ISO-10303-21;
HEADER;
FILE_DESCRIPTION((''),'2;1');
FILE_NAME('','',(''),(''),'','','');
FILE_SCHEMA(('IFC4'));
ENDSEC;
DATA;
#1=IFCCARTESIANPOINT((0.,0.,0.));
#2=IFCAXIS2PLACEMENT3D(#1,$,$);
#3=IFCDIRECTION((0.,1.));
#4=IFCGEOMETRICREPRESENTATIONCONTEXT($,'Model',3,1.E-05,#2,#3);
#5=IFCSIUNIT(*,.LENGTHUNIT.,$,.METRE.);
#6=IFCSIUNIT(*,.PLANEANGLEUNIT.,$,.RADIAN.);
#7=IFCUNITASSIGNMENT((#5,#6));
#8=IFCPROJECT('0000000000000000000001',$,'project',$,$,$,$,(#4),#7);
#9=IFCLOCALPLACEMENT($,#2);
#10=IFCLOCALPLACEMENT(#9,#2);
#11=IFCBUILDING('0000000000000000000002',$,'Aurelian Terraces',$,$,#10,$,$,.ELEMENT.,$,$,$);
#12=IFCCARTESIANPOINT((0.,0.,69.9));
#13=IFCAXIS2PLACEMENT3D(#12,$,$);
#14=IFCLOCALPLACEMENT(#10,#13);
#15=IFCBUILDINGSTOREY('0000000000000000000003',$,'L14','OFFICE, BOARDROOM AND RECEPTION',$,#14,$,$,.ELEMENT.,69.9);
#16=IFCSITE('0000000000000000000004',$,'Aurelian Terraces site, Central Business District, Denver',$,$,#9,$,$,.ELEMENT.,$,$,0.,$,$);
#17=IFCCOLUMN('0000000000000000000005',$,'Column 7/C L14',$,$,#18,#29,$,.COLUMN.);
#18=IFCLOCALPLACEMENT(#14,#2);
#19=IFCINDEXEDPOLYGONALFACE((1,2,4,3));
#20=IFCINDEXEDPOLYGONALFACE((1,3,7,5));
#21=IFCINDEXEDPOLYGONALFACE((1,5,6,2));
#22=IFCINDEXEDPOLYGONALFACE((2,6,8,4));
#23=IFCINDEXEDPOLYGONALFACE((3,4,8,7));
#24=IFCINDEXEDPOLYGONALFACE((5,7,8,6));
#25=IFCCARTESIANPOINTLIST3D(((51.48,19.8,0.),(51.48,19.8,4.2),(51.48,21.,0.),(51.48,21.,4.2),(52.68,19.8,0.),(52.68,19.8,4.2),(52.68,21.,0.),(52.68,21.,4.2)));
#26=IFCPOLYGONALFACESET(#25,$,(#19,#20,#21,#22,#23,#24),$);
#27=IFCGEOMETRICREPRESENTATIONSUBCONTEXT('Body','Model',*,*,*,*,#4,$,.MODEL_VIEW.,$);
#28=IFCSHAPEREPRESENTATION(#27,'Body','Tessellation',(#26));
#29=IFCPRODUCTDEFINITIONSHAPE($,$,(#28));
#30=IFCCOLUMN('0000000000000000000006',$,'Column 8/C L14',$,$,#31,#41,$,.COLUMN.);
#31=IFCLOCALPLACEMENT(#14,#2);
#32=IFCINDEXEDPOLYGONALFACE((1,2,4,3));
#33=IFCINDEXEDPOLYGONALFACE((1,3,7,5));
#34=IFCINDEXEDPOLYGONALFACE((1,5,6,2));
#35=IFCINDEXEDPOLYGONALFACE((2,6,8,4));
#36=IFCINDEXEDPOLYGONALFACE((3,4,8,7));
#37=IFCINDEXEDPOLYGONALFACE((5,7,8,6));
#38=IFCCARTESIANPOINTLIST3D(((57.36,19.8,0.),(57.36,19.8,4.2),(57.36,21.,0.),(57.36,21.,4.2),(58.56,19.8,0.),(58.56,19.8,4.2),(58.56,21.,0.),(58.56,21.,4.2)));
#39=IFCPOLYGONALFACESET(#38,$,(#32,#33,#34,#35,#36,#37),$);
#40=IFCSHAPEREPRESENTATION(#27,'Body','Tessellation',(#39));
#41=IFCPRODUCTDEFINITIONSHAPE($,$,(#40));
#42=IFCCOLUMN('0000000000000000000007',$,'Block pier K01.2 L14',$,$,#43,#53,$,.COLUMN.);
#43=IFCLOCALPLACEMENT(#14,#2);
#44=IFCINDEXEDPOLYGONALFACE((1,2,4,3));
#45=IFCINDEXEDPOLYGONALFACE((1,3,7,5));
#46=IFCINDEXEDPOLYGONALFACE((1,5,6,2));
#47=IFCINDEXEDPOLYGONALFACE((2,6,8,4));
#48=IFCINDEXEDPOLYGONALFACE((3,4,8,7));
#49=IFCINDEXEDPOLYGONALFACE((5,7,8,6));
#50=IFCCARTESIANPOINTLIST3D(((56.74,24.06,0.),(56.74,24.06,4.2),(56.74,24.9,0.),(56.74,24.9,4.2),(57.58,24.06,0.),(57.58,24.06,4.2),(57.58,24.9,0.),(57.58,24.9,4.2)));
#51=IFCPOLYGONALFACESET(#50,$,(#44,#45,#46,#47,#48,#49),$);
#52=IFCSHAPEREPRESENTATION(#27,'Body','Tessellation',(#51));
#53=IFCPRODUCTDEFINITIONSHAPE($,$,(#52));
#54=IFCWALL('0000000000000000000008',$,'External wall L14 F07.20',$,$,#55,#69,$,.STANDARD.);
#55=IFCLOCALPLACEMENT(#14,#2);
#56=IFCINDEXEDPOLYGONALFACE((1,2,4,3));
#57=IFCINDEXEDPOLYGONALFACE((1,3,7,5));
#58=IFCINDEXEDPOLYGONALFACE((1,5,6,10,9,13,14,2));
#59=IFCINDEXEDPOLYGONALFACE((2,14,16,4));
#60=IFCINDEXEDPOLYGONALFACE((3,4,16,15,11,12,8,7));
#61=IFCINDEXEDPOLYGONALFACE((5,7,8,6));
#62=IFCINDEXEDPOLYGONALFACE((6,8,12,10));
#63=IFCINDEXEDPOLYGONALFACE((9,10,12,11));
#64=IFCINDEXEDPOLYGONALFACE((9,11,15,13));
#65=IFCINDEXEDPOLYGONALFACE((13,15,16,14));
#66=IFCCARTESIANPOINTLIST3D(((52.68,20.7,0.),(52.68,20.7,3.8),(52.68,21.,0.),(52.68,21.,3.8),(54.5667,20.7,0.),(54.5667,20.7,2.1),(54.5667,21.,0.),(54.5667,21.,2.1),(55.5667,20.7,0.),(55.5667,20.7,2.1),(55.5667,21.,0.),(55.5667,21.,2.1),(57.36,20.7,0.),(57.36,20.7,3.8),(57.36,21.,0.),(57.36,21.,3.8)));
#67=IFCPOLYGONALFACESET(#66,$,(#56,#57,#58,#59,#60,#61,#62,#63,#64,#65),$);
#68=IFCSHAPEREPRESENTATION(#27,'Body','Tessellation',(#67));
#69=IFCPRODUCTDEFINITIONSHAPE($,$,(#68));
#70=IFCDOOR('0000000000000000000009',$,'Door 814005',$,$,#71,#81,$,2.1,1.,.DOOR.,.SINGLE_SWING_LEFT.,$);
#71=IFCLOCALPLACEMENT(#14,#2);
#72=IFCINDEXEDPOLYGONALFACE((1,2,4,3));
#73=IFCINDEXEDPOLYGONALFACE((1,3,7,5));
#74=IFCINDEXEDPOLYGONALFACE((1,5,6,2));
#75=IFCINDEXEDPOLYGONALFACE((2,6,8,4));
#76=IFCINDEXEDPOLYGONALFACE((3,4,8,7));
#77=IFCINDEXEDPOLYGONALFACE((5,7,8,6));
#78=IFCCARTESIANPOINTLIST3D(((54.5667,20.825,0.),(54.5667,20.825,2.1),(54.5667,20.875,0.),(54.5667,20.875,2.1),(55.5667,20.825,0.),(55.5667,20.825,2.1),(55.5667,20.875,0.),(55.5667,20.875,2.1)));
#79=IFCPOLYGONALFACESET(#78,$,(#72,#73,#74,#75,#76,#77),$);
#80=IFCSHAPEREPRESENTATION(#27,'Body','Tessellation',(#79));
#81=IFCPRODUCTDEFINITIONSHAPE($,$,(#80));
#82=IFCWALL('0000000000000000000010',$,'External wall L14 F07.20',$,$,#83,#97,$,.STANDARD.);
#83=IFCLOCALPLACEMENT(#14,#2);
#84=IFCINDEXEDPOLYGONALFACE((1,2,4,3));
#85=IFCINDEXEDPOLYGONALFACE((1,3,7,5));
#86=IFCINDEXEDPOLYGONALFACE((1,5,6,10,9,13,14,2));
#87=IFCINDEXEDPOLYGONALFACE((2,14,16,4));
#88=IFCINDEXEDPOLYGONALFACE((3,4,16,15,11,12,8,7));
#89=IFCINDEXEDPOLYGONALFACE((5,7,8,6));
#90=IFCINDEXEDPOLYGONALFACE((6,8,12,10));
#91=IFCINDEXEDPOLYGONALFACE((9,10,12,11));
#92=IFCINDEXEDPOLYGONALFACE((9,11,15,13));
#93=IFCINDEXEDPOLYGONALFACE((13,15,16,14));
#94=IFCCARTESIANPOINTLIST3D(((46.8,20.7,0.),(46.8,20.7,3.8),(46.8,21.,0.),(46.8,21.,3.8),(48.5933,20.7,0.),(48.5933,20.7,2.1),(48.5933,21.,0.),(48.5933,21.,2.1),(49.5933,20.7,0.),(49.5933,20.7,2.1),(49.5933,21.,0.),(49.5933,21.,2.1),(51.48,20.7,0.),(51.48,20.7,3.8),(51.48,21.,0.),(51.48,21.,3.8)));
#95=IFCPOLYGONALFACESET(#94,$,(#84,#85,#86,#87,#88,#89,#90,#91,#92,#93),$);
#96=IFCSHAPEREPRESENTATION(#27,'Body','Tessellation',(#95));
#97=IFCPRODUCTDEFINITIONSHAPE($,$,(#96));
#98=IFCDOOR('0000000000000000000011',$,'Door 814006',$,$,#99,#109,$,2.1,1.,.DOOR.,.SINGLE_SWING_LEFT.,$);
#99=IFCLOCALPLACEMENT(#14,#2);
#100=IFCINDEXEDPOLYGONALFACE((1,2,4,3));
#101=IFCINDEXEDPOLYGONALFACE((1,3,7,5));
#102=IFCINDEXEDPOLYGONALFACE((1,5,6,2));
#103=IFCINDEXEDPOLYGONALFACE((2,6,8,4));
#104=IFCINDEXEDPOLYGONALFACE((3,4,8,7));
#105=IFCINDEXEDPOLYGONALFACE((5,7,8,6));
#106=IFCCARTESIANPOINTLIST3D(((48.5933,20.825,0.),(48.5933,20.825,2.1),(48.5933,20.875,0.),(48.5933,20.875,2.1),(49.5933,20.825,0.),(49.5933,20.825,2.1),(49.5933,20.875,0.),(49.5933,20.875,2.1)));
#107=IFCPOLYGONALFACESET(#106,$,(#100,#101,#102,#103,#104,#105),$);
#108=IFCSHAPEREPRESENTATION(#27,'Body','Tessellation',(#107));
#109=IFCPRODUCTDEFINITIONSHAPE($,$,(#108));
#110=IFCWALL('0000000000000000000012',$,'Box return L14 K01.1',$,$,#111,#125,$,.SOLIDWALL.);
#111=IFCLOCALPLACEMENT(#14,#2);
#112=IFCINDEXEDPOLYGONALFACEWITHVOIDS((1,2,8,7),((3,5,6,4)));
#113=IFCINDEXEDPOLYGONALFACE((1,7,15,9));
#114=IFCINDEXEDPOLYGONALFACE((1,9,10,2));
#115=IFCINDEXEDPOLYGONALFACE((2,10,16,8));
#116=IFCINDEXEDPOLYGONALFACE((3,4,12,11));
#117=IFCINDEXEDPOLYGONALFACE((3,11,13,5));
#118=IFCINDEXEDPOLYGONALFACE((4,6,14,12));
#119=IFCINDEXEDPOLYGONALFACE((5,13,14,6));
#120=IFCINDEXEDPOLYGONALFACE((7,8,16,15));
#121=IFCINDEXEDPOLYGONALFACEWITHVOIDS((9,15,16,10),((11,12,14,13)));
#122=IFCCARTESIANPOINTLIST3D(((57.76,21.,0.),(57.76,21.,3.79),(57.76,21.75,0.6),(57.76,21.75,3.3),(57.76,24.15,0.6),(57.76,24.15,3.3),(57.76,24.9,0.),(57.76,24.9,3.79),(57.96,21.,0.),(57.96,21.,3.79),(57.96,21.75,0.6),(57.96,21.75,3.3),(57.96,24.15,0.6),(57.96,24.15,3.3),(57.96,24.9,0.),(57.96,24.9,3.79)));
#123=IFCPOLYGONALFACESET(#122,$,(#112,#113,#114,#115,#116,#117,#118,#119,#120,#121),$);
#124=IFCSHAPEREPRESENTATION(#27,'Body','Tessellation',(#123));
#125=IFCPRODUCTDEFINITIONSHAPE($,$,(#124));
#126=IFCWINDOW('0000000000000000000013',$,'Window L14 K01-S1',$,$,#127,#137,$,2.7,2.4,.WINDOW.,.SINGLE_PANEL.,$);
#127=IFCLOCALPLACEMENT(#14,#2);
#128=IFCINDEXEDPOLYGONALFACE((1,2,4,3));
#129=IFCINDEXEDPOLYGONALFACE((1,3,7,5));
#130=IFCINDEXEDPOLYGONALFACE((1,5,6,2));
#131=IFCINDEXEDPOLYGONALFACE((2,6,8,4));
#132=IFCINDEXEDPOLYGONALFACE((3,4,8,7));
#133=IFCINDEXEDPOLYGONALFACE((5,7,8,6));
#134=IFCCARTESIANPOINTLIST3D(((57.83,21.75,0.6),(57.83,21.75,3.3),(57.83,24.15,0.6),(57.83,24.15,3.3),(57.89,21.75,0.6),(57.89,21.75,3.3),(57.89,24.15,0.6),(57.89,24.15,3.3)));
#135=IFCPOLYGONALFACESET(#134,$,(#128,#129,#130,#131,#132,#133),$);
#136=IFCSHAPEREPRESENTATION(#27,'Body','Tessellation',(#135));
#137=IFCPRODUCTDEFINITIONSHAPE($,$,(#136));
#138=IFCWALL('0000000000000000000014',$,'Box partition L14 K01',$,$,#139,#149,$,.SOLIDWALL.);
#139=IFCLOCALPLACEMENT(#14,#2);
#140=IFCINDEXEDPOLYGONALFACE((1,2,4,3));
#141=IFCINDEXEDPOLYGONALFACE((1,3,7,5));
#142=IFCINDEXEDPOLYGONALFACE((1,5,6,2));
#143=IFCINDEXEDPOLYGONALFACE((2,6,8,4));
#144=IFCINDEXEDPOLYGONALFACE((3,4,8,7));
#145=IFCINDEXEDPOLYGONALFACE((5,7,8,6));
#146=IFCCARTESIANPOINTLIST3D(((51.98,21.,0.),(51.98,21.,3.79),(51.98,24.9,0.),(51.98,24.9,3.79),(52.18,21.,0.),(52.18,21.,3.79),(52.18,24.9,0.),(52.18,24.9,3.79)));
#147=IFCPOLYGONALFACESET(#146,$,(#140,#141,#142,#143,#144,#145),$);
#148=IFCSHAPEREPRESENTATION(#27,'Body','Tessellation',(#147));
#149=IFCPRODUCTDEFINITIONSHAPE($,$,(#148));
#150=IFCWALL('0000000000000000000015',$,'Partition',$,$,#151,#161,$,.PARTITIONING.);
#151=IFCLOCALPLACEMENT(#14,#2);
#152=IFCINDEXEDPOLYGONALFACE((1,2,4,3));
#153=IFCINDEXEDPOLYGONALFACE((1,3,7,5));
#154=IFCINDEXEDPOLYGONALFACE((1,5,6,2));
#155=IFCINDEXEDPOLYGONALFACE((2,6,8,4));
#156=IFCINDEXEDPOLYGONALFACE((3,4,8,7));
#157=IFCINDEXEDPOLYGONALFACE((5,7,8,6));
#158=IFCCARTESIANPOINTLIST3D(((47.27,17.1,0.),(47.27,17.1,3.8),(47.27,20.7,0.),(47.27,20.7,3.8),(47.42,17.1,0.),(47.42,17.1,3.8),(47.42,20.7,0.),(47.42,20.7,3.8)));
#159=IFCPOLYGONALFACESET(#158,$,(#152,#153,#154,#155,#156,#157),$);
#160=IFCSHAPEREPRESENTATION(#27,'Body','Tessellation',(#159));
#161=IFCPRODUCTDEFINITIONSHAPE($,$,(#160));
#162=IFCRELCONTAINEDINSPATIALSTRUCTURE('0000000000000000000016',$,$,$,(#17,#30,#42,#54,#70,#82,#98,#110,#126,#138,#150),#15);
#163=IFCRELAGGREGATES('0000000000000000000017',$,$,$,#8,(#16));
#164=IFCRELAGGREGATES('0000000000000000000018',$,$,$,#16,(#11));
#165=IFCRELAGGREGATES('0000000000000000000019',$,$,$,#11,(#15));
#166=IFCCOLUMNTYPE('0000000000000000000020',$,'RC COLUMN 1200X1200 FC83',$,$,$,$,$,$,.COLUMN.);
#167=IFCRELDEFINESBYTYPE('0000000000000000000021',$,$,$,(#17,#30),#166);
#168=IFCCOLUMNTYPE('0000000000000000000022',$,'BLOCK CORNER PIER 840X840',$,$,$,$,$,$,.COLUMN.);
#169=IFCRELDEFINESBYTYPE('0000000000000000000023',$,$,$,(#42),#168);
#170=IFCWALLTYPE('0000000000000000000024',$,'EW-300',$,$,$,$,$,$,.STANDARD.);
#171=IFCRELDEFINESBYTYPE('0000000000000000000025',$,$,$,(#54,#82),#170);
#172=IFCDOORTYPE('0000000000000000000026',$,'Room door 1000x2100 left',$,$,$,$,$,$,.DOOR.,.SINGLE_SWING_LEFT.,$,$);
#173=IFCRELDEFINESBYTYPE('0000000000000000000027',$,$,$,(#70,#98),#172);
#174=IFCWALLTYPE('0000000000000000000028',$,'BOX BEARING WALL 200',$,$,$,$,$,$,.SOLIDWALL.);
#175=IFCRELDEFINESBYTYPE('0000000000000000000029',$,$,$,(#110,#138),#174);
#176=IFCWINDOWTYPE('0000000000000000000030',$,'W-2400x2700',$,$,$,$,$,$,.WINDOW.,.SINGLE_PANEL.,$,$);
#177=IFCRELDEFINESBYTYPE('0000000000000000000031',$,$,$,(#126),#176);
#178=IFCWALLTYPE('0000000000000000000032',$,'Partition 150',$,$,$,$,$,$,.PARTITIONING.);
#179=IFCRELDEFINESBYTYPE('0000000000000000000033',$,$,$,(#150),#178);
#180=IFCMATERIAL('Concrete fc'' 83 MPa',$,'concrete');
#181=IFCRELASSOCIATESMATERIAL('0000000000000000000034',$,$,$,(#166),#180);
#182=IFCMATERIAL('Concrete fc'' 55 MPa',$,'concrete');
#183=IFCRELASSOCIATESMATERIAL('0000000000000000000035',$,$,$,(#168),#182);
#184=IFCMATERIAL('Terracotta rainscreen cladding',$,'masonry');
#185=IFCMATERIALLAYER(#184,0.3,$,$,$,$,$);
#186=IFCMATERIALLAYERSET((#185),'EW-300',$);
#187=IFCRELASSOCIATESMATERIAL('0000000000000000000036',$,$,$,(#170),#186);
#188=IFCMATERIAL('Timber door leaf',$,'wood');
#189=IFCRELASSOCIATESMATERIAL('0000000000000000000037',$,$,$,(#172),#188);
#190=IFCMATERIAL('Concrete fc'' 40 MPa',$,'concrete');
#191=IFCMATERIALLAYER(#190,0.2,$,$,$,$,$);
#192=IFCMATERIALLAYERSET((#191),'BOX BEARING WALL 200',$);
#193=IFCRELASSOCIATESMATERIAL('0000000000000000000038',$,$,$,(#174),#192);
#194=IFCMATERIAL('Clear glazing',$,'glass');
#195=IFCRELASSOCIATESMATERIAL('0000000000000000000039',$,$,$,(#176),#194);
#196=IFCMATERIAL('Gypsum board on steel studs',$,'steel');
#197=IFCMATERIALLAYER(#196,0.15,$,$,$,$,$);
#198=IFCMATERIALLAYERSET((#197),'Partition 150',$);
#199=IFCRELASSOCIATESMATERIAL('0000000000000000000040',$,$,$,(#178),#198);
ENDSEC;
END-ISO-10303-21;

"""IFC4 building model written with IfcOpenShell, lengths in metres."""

from ifc_helpers import new_model, si_unit, direction, frame, frame_2d, origin, origin_2d, place, context, subcontext, project, spatial, rectangle, extrude, source, transform, mapped, material, layer, layer_set, material_profile, profile_set, type_object, element, fill, save


model = new_model("IFC4")

# Units and contexts
model_context = context("Model", 3, precision=1e-05, world=origin(), true_north=direction((0.0, 1.0)))
body_context = subcontext(model_context, "Body", "Model", "MODEL_VIEW")
ifc_project = project(units=[si_unit("LENGTHUNIT", "METRE"), si_unit("PLANEANGLEUNIT", "RADIAN")], contexts=[model_context])

# Site, building, storey
site_placement = place(None, origin())
site = spatial("IfcSite", under=ifc_project, at=site_placement, Name="Aurelian Terraces site, Central Business District, Denver", CompositionType="ELEMENT", RefElevation=0.0)
building_placement = place(site_placement, origin())
building = spatial("IfcBuilding", under=site, at=building_placement, Name="Aurelian Terraces", CompositionType="ELEMENT")
storey_placement = place(building_placement, frame((0.0, 0.0, 69.9)))
storey = spatial("IfcBuildingStorey", under=building, at=storey_placement, Name="L14", Description="OFFICE, BOARDROOM AND RECEPTION", CompositionType="ELEMENT", Elevation=69.9)

# Columns
ifc_material_1 = material(Name="Concrete fc' 83 MPa", Category="concrete")
ifc_material_profile_1 = material_profile(ifc_material_1, rectangle(XDim=1.2, YDim=1.2, at=origin_2d()))
ifc_profile_set_1 = profile_set([ifc_material_profile_1], Name="Concrete fc' 83 MPa")
column_type_1 = type_object("IfcColumnType", Name="RC COLUMN 1200X1200 FC83", PredefinedType="COLUMN", material=ifc_profile_set_1)
shared_shape_1 = source(origin(), body_context, "Body", "SweptSolid", [
    extrude(rectangle(XDim=1.2, YDim=1.2, at=origin_2d()), origin(), (0.0, 0.0, 1.0), 4.2),
])
for number, where, z_axis, x_axis, name in (
    (1, (52.08, 20.4, 0.0), (0.0, 0.0, 1.0), (1.0, 0.0, 0.0), "Column 7/C L14"),
    (2, (57.96, 20.4, 0.0), (0.0, 0.0, 1.0), (1.0, 0.0, 0.0), "Column 8/C L14"),
):
    element("IfcColumn", number, at=place(storey_placement, frame(where, z_axis=z_axis, x_axis=x_axis)), inside=storey, type_object=column_type_1, Name=name, PredefinedType="COLUMN", context=body_context, shape_type="MappedRepresentation", body=[
        mapped(shared_shape_1, transform((0.0, 0.0, 0.0), scale=1.0)),
    ])
ifc_material_2 = material(Name="Concrete fc' 55 MPa", Category="concrete")
ifc_material_profile_2 = material_profile(ifc_material_2, rectangle(XDim=0.84, YDim=0.84, at=origin_2d()))
ifc_profile_set_2 = profile_set([ifc_material_profile_2], Name="Concrete fc' 55 MPa")
column_type_2 = type_object("IfcColumnType", Name="BLOCK CORNER PIER 840X840", PredefinedType="COLUMN", material=ifc_profile_set_2)
shared_shape_2 = source(origin(), body_context, "Body", "SweptSolid", [
    extrude(rectangle(XDim=0.84, YDim=0.84, at=origin_2d()), origin(), (0.0, 0.0, 1.0), 4.2),
])
column_placement = place(storey_placement, frame((57.16, 24.48, 0.0), z_axis=(0.0, 0.0, 1.0), x_axis=(1.0, 0.0, 0.0)))
element("IfcColumn", 3, at=column_placement, inside=storey, type_object=column_type_2, Name="Block pier K01.2 L14", PredefinedType="COLUMN", context=body_context, shape_type="MappedRepresentation", body=[
    mapped(shared_shape_2, transform((0.0, 0.0, 0.0), scale=1.0)),
])

# Walls, openings, doors
ifc_material_3 = material(Name="Terracotta rainscreen cladding", Category="masonry")
ifc_layer_1 = layer(ifc_material_3, 0.3)
ifc_layer_set_1 = layer_set([ifc_layer_1], Name="EW-300")
wall_type_1 = type_object("IfcWallType", Name="EW-300", PredefinedType="STANDARD", material=ifc_layer_set_1)
shared_shape_3 = source(origin(), body_context, "Body", "SweptSolid", [
    extrude(rectangle(XDim=4.68, YDim=0.3, at=frame_2d((2.34, 0.0))), origin(), (0.0, 0.0, 1.0), 3.8),
])
wall_1_placement = place(storey_placement, frame((57.36, 20.85, 0.0), z_axis=(0.0, 0.0, 1.0), x_axis=(-1.0, 0.0, 0.0)))
wall_1 = element("IfcWall", 4, at=wall_1_placement, inside=storey, type_object=wall_type_1, Name="External wall L14 F07.20", PredefinedType="STANDARD", context=body_context, shape_type="MappedRepresentation", body=[
    mapped(shared_shape_3, transform((0.0, 0.0, 0.0), scale=1.0)),
])
shared_shape_4 = source(origin(), body_context, "Body", "SweptSolid", [
    extrude(rectangle(XDim=1.0, YDim=2.1, at=frame_2d((0.5, 1.05))), frame((0.0, 0.16, 0.0), z_axis=(0.0, -1.0, 0.0), x_axis=(1.0, 0.0, 0.0)), (0.0, 0.0, 1.0), 0.32),
])
opening_1_placement = place(wall_1_placement, frame((1.7933, 0.0, 0.0)))
opening_1 = element("IfcOpeningElement", 5, at=opening_1_placement, cuts=wall_1, PredefinedType="OPENING", context=body_context, shape_type="MappedRepresentation", body=[
    mapped(shared_shape_4, transform((0.0, 0.0, 0.0), scale=1.0)),
])
ifc_material_4 = material(Name="Timber door leaf", Category="wood")
door_type = type_object("IfcDoorType", Name="Room door 1000x2100 left", OperationType="SINGLE_SWING_LEFT", PredefinedType="DOOR", material=ifc_material_4)
shared_shape_5 = source(origin(), body_context, "Body", "SweptSolid", [
    extrude(rectangle(XDim=1.0, YDim=2.1, at=frame_2d((0.5, 1.05))), frame((0.0, 0.025, 0.0), z_axis=(0.0, -1.0, 0.0), x_axis=(1.0, 0.0, 0.0)), (0.0, 0.0, 1.0), 0.05),
])
door_1_placement = place(opening_1_placement, origin())
door_1 = element("IfcDoor", 6, at=door_1_placement, inside=storey, type_object=door_type, Name="Door 814005", OperationType="SINGLE_SWING_LEFT", OverallHeight=2.1, OverallWidth=1.0, PredefinedType="DOOR", context=body_context, shape_type="MappedRepresentation", body=[
    mapped(shared_shape_5, transform((0.0, 0.0, 0.0), scale=1.0)),
])
fill(opening_1, door_1)
wall_2_placement = place(storey_placement, frame((51.48, 20.85, 0.0), z_axis=(0.0, 0.0, 1.0), x_axis=(-1.0, 0.0, 0.0)))
wall_2 = element("IfcWall", 7, at=wall_2_placement, inside=storey, type_object=wall_type_1, Name="External wall L14 F07.20", PredefinedType="STANDARD", context=body_context, shape_type="MappedRepresentation", body=[
    mapped(shared_shape_3, transform((0.0, 0.0, 0.0), scale=1.0)),
])
opening_2_placement = place(wall_2_placement, frame((1.8867, 0.0, 0.0)))
opening_2 = element("IfcOpeningElement", 8, at=opening_2_placement, cuts=wall_2, PredefinedType="OPENING", context=body_context, shape_type="MappedRepresentation", body=[
    mapped(shared_shape_4, transform((0.0, 0.0, 0.0), scale=1.0)),
])
door_2_placement = place(opening_2_placement, origin())
door_2 = element("IfcDoor", 9, at=door_2_placement, inside=storey, type_object=door_type, Name="Door 814006", OperationType="SINGLE_SWING_LEFT", OverallHeight=2.1, OverallWidth=1.0, PredefinedType="DOOR", context=body_context, shape_type="MappedRepresentation", body=[
    mapped(shared_shape_5, transform((0.0, 0.0, 0.0), scale=1.0)),
])
fill(opening_2, door_2)

# Wall, opening, window
ifc_material_5 = material(Name="Concrete fc' 40 MPa", Category="concrete")
ifc_layer_2 = layer(ifc_material_5, 0.2)
ifc_layer_set_2 = layer_set([ifc_layer_2], Name="BOX BEARING WALL 200")
wall_type_2 = type_object("IfcWallType", Name="BOX BEARING WALL 200", PredefinedType="SOLIDWALL", material=ifc_layer_set_2)
shared_shape_6 = source(origin(), body_context, "Body", "SweptSolid", [
    extrude(rectangle(XDim=3.9, YDim=0.2, at=frame_2d((1.95, 0.0))), origin(), (0.0, 0.0, 1.0), 3.79),
])
wall_3_placement = place(storey_placement, frame((57.86, 21.0, 0.0), z_axis=(0.0, 0.0, 1.0), x_axis=(0.0, 1.0, 0.0)))
wall_3 = element("IfcWall", 10, at=wall_3_placement, inside=storey, type_object=wall_type_2, Name="Box return L14 K01.1", PredefinedType="SOLIDWALL", context=body_context, shape_type="MappedRepresentation", body=[
    mapped(shared_shape_6, transform((0.0, 0.0, 0.0), scale=1.0)),
])
shared_shape_7 = source(origin(), body_context, "Body", "SweptSolid", [
    extrude(rectangle(XDim=2.4, YDim=2.7, at=frame_2d((1.2, 1.35))), frame((0.0, 0.11, 0.0), z_axis=(0.0, -1.0, 0.0), x_axis=(1.0, 0.0, 0.0)), (0.0, 0.0, 1.0), 0.22),
])
opening_3_placement = place(wall_3_placement, frame((0.75, 0.0, 0.6)))
opening_3 = element("IfcOpeningElement", 11, at=opening_3_placement, cuts=wall_3, PredefinedType="OPENING", context=body_context, shape_type="MappedRepresentation", body=[
    mapped(shared_shape_7, transform((0.0, 0.0, 0.0), scale=1.0)),
])
ifc_material_6 = material(Name="Clear glazing", Category="glass")
window_type = type_object("IfcWindowType", Name="W-2400x2700", PartitioningType="SINGLE_PANEL", PredefinedType="WINDOW", material=ifc_material_6)
shared_shape_8 = source(origin(), body_context, "Body", "SweptSolid", [
    extrude(rectangle(XDim=2.4, YDim=2.7, at=frame_2d((1.2, 1.35))), frame((0.0, 0.03, 0.0), z_axis=(0.0, -1.0, 0.0), x_axis=(1.0, 0.0, 0.0)), (0.0, 0.0, 1.0), 0.06),
])
window_placement = place(opening_3_placement, origin())
window = element("IfcWindow", 12, at=window_placement, inside=storey, type_object=window_type, Name="Window L14 K01-S1", OverallHeight=2.7, OverallWidth=2.4, PartitioningType="SINGLE_PANEL", PredefinedType="WINDOW", context=body_context, shape_type="MappedRepresentation", body=[
    mapped(shared_shape_8, transform((0.0, 0.0, 0.0), scale=1.0)),
])
fill(opening_3, window)

# Walls
shared_shape_9 = source(origin(), body_context, "Body", "SweptSolid", [
    extrude(rectangle(XDim=3.9, YDim=0.2, at=frame_2d((1.95, 0.0))), origin(), (0.0, 0.0, 1.0), 3.79),
])
wall_4_placement = place(storey_placement, frame((52.08, 21.0, 0.0), z_axis=(0.0, 0.0, 1.0), x_axis=(0.0, 1.0, 0.0)))
element("IfcWall", 13, at=wall_4_placement, inside=storey, type_object=wall_type_2, Name="Box partition L14 K01", PredefinedType="SOLIDWALL", context=body_context, shape_type="MappedRepresentation", body=[
    mapped(shared_shape_9, transform((0.0, 0.0, 0.0), scale=1.0)),
])
ifc_material_7 = material(Name="Gypsum board on steel studs", Category="steel")
ifc_layer_3 = layer(ifc_material_7, 0.15)
ifc_layer_set_3 = layer_set([ifc_layer_3], Name="Partition 150")
wall_type_3 = type_object("IfcWallType", Name="Partition 150", PredefinedType="PARTITIONING", material=ifc_layer_set_3)
shared_shape_10 = source(origin(), body_context, "Body", "SweptSolid", [
    extrude(rectangle(XDim=3.6, YDim=0.15, at=frame_2d((1.8, 0.0))), origin(), (0.0, 0.0, 1.0), 3.8),
])
wall_5_placement = place(storey_placement, frame((47.345, 20.7, 0.0), z_axis=(0.0, 0.0, 1.0), x_axis=(0.0, -1.0, 0.0)))
element("IfcWall", 14, at=wall_5_placement, inside=storey, type_object=wall_type_3, Name="Partition", PredefinedType="PARTITIONING", context=body_context, shape_type="MappedRepresentation", body=[
    mapped(shared_shape_10, transform((0.0, 0.0, 0.0), scale=1.0)),
])

save(model, "model.ifc")
